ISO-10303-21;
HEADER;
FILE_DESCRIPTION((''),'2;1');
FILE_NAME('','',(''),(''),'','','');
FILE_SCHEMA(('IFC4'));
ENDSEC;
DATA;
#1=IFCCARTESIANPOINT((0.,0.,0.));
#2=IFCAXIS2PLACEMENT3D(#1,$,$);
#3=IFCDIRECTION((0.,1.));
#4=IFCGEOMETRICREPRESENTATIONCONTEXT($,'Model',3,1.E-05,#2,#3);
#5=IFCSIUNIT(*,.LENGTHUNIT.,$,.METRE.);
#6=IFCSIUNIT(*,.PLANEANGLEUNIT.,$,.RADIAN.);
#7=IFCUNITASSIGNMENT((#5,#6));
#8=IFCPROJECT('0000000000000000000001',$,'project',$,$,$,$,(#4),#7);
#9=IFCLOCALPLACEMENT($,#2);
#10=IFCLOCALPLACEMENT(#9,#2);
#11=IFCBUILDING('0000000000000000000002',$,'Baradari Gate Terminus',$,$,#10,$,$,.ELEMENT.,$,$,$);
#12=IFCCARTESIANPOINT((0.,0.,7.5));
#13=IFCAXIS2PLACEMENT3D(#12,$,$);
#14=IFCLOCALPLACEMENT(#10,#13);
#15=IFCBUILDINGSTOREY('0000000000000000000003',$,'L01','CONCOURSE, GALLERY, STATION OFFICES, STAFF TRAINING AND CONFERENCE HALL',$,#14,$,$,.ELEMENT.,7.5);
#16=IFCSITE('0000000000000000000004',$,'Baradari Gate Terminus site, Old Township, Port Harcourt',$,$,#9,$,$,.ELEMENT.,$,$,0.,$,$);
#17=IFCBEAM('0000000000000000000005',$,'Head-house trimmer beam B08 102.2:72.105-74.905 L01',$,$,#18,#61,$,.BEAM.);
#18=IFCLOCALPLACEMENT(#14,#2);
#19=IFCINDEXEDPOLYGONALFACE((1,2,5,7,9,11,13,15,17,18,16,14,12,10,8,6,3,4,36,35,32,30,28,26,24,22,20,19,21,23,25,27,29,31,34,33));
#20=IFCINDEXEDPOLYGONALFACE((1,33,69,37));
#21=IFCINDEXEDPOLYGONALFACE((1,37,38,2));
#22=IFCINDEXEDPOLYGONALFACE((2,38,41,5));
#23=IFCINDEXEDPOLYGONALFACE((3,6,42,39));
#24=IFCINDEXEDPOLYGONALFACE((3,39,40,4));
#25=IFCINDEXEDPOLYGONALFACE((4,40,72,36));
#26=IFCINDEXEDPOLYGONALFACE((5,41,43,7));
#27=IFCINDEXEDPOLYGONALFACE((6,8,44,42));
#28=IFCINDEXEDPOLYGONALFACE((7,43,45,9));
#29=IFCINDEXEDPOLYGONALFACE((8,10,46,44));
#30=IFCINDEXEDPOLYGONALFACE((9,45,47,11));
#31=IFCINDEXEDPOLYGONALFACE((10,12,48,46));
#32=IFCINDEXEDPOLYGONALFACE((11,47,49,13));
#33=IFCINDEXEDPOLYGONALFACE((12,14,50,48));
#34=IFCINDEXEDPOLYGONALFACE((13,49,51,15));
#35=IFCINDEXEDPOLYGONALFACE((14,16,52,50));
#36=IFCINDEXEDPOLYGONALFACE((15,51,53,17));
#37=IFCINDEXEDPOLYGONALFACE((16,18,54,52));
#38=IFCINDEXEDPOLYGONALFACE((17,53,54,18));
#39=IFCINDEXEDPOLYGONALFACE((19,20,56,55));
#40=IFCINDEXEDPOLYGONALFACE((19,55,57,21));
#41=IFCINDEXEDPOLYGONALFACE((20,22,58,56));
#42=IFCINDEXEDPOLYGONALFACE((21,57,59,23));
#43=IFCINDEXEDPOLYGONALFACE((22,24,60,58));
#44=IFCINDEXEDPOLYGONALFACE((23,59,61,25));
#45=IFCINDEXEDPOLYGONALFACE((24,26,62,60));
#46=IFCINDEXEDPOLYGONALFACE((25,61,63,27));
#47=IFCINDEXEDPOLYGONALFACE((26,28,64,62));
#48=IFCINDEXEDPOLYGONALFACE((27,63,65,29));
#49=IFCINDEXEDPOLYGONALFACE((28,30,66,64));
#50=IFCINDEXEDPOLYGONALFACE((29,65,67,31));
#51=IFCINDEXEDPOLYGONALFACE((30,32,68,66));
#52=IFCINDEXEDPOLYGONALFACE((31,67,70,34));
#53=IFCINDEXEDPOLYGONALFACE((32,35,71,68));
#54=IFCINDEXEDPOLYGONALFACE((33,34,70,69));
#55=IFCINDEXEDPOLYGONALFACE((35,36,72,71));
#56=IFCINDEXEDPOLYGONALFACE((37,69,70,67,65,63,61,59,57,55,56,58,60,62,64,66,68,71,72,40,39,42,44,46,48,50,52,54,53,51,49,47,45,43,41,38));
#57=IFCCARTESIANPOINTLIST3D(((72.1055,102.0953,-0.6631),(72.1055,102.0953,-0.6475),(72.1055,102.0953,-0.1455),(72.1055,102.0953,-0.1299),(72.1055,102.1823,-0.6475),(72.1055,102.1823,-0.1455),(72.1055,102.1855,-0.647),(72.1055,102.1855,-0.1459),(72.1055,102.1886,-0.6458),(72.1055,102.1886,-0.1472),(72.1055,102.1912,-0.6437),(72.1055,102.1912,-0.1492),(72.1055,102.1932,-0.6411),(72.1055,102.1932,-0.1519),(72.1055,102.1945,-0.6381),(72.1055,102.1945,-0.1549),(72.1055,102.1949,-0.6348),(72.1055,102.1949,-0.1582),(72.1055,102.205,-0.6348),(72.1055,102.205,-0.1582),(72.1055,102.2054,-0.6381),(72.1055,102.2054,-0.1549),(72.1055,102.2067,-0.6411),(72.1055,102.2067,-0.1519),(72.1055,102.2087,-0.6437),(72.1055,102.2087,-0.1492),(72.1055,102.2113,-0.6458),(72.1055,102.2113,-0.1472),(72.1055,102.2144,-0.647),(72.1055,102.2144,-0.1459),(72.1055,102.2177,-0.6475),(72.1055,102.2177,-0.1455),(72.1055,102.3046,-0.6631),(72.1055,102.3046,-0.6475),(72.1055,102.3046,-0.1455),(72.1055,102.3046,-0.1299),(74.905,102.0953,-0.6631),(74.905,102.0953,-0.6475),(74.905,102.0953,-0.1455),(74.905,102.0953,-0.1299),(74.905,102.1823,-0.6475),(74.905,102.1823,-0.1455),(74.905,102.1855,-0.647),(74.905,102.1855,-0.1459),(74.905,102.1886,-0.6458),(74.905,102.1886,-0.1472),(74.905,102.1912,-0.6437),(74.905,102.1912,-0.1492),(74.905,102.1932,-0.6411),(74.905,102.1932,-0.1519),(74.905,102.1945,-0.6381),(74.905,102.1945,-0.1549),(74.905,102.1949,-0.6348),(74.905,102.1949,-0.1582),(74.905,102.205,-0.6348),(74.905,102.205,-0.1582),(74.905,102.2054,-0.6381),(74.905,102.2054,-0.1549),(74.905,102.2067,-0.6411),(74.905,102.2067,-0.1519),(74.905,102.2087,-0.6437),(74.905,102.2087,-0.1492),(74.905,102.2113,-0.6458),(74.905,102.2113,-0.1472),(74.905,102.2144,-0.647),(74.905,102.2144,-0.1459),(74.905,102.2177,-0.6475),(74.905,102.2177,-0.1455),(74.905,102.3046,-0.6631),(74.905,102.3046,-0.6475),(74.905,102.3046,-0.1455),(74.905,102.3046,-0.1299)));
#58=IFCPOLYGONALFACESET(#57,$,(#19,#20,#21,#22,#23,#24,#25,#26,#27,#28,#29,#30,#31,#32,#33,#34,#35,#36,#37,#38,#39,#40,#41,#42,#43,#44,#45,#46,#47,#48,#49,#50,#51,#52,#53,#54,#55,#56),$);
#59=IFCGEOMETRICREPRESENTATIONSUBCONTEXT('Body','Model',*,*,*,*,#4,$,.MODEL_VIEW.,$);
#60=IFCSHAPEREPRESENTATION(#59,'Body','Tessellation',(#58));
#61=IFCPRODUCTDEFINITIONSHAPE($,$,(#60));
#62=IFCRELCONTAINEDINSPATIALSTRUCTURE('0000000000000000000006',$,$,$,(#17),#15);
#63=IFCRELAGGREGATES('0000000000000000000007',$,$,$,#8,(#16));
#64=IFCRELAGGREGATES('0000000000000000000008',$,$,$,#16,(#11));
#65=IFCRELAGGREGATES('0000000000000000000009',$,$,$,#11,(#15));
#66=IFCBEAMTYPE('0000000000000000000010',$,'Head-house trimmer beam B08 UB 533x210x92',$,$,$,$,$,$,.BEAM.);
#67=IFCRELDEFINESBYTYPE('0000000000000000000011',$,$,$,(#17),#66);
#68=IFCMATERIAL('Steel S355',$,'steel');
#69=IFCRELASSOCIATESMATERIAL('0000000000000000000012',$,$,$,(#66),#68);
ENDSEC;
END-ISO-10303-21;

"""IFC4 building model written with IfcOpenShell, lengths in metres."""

from ifc_helpers import new_model, si_unit, direction, frame, origin, origin_2d, place, context, subcontext, project, spatial, i_section, extrude, material, material_profile, profile_set, type_object, element, save


model = new_model("IFC4")

# Units and contexts
model_context = context("Model", 3, precision=1e-05, world=origin(), true_north=direction((0.0, 1.0)))
body_context = subcontext(model_context, "Body", "Model", "MODEL_VIEW")
ifc_project = project(units=[si_unit("LENGTHUNIT", "METRE"), si_unit("PLANEANGLEUNIT", "RADIAN")], contexts=[model_context])

# Site, building, storey
site_placement = place(None, origin())
site = spatial("IfcSite", under=ifc_project, at=site_placement, Name="Baradari Gate Terminus site, Old Township, Port Harcourt", CompositionType="ELEMENT", RefElevation=0.0)
building_placement = place(site_placement, origin())
building = spatial("IfcBuilding", under=site, at=building_placement, Name="Baradari Gate Terminus", CompositionType="ELEMENT")
storey_placement = place(building_placement, frame((0.0, 0.0, 7.5)))
storey = spatial("IfcBuildingStorey", under=building, at=storey_placement, Name="L01", Description="CONCOURSE, GALLERY, STATION OFFICES, STAFF TRAINING AND CONFERENCE HALL", CompositionType="ELEMENT", Elevation=7.5)

# Beam
ifc_material_1 = material(Name="Steel S355", Category="steel")
ifc_material_profile_1 = material_profile(ifc_material_1, i_section(OverallWidth=0.2092, OverallDepth=0.5332, WebThickness=0.01, FlangeThickness=0.0156, FilletRadius=0.0127, at=origin_2d()), Name="UB 533x210x92")
ifc_profile_set_1 = profile_set([ifc_material_profile_1], Name="Steel S355")
beam_type_1 = type_object("IfcBeamType", Name="Head-house trimmer beam B08 UB 533x210x92", PredefinedType="BEAM", material=ifc_profile_set_1)
beam_1_placement = place(storey_placement, frame((72.1055, 102.2, -0.3965), z_axis=(1.0, 0.0, 0.0), x_axis=(0.0, 1.0, 0.0)))
element("IfcBeam", 1, at=beam_1_placement, inside=storey, type_object=beam_type_1, Name="Head-house trimmer beam B08 102.2:72.105-74.905 L01", PredefinedType="BEAM", context=body_context, shape_type="SweptSolid", body=[
    extrude(i_section(OverallWidth=0.2092, OverallDepth=0.5332, WebThickness=0.01, FlangeThickness=0.0156, FilletRadius=0.0127, at=origin_2d()), origin(), (0.0, 0.0, 1.0), 2.7996),
])

save(model, "model.ifc")
